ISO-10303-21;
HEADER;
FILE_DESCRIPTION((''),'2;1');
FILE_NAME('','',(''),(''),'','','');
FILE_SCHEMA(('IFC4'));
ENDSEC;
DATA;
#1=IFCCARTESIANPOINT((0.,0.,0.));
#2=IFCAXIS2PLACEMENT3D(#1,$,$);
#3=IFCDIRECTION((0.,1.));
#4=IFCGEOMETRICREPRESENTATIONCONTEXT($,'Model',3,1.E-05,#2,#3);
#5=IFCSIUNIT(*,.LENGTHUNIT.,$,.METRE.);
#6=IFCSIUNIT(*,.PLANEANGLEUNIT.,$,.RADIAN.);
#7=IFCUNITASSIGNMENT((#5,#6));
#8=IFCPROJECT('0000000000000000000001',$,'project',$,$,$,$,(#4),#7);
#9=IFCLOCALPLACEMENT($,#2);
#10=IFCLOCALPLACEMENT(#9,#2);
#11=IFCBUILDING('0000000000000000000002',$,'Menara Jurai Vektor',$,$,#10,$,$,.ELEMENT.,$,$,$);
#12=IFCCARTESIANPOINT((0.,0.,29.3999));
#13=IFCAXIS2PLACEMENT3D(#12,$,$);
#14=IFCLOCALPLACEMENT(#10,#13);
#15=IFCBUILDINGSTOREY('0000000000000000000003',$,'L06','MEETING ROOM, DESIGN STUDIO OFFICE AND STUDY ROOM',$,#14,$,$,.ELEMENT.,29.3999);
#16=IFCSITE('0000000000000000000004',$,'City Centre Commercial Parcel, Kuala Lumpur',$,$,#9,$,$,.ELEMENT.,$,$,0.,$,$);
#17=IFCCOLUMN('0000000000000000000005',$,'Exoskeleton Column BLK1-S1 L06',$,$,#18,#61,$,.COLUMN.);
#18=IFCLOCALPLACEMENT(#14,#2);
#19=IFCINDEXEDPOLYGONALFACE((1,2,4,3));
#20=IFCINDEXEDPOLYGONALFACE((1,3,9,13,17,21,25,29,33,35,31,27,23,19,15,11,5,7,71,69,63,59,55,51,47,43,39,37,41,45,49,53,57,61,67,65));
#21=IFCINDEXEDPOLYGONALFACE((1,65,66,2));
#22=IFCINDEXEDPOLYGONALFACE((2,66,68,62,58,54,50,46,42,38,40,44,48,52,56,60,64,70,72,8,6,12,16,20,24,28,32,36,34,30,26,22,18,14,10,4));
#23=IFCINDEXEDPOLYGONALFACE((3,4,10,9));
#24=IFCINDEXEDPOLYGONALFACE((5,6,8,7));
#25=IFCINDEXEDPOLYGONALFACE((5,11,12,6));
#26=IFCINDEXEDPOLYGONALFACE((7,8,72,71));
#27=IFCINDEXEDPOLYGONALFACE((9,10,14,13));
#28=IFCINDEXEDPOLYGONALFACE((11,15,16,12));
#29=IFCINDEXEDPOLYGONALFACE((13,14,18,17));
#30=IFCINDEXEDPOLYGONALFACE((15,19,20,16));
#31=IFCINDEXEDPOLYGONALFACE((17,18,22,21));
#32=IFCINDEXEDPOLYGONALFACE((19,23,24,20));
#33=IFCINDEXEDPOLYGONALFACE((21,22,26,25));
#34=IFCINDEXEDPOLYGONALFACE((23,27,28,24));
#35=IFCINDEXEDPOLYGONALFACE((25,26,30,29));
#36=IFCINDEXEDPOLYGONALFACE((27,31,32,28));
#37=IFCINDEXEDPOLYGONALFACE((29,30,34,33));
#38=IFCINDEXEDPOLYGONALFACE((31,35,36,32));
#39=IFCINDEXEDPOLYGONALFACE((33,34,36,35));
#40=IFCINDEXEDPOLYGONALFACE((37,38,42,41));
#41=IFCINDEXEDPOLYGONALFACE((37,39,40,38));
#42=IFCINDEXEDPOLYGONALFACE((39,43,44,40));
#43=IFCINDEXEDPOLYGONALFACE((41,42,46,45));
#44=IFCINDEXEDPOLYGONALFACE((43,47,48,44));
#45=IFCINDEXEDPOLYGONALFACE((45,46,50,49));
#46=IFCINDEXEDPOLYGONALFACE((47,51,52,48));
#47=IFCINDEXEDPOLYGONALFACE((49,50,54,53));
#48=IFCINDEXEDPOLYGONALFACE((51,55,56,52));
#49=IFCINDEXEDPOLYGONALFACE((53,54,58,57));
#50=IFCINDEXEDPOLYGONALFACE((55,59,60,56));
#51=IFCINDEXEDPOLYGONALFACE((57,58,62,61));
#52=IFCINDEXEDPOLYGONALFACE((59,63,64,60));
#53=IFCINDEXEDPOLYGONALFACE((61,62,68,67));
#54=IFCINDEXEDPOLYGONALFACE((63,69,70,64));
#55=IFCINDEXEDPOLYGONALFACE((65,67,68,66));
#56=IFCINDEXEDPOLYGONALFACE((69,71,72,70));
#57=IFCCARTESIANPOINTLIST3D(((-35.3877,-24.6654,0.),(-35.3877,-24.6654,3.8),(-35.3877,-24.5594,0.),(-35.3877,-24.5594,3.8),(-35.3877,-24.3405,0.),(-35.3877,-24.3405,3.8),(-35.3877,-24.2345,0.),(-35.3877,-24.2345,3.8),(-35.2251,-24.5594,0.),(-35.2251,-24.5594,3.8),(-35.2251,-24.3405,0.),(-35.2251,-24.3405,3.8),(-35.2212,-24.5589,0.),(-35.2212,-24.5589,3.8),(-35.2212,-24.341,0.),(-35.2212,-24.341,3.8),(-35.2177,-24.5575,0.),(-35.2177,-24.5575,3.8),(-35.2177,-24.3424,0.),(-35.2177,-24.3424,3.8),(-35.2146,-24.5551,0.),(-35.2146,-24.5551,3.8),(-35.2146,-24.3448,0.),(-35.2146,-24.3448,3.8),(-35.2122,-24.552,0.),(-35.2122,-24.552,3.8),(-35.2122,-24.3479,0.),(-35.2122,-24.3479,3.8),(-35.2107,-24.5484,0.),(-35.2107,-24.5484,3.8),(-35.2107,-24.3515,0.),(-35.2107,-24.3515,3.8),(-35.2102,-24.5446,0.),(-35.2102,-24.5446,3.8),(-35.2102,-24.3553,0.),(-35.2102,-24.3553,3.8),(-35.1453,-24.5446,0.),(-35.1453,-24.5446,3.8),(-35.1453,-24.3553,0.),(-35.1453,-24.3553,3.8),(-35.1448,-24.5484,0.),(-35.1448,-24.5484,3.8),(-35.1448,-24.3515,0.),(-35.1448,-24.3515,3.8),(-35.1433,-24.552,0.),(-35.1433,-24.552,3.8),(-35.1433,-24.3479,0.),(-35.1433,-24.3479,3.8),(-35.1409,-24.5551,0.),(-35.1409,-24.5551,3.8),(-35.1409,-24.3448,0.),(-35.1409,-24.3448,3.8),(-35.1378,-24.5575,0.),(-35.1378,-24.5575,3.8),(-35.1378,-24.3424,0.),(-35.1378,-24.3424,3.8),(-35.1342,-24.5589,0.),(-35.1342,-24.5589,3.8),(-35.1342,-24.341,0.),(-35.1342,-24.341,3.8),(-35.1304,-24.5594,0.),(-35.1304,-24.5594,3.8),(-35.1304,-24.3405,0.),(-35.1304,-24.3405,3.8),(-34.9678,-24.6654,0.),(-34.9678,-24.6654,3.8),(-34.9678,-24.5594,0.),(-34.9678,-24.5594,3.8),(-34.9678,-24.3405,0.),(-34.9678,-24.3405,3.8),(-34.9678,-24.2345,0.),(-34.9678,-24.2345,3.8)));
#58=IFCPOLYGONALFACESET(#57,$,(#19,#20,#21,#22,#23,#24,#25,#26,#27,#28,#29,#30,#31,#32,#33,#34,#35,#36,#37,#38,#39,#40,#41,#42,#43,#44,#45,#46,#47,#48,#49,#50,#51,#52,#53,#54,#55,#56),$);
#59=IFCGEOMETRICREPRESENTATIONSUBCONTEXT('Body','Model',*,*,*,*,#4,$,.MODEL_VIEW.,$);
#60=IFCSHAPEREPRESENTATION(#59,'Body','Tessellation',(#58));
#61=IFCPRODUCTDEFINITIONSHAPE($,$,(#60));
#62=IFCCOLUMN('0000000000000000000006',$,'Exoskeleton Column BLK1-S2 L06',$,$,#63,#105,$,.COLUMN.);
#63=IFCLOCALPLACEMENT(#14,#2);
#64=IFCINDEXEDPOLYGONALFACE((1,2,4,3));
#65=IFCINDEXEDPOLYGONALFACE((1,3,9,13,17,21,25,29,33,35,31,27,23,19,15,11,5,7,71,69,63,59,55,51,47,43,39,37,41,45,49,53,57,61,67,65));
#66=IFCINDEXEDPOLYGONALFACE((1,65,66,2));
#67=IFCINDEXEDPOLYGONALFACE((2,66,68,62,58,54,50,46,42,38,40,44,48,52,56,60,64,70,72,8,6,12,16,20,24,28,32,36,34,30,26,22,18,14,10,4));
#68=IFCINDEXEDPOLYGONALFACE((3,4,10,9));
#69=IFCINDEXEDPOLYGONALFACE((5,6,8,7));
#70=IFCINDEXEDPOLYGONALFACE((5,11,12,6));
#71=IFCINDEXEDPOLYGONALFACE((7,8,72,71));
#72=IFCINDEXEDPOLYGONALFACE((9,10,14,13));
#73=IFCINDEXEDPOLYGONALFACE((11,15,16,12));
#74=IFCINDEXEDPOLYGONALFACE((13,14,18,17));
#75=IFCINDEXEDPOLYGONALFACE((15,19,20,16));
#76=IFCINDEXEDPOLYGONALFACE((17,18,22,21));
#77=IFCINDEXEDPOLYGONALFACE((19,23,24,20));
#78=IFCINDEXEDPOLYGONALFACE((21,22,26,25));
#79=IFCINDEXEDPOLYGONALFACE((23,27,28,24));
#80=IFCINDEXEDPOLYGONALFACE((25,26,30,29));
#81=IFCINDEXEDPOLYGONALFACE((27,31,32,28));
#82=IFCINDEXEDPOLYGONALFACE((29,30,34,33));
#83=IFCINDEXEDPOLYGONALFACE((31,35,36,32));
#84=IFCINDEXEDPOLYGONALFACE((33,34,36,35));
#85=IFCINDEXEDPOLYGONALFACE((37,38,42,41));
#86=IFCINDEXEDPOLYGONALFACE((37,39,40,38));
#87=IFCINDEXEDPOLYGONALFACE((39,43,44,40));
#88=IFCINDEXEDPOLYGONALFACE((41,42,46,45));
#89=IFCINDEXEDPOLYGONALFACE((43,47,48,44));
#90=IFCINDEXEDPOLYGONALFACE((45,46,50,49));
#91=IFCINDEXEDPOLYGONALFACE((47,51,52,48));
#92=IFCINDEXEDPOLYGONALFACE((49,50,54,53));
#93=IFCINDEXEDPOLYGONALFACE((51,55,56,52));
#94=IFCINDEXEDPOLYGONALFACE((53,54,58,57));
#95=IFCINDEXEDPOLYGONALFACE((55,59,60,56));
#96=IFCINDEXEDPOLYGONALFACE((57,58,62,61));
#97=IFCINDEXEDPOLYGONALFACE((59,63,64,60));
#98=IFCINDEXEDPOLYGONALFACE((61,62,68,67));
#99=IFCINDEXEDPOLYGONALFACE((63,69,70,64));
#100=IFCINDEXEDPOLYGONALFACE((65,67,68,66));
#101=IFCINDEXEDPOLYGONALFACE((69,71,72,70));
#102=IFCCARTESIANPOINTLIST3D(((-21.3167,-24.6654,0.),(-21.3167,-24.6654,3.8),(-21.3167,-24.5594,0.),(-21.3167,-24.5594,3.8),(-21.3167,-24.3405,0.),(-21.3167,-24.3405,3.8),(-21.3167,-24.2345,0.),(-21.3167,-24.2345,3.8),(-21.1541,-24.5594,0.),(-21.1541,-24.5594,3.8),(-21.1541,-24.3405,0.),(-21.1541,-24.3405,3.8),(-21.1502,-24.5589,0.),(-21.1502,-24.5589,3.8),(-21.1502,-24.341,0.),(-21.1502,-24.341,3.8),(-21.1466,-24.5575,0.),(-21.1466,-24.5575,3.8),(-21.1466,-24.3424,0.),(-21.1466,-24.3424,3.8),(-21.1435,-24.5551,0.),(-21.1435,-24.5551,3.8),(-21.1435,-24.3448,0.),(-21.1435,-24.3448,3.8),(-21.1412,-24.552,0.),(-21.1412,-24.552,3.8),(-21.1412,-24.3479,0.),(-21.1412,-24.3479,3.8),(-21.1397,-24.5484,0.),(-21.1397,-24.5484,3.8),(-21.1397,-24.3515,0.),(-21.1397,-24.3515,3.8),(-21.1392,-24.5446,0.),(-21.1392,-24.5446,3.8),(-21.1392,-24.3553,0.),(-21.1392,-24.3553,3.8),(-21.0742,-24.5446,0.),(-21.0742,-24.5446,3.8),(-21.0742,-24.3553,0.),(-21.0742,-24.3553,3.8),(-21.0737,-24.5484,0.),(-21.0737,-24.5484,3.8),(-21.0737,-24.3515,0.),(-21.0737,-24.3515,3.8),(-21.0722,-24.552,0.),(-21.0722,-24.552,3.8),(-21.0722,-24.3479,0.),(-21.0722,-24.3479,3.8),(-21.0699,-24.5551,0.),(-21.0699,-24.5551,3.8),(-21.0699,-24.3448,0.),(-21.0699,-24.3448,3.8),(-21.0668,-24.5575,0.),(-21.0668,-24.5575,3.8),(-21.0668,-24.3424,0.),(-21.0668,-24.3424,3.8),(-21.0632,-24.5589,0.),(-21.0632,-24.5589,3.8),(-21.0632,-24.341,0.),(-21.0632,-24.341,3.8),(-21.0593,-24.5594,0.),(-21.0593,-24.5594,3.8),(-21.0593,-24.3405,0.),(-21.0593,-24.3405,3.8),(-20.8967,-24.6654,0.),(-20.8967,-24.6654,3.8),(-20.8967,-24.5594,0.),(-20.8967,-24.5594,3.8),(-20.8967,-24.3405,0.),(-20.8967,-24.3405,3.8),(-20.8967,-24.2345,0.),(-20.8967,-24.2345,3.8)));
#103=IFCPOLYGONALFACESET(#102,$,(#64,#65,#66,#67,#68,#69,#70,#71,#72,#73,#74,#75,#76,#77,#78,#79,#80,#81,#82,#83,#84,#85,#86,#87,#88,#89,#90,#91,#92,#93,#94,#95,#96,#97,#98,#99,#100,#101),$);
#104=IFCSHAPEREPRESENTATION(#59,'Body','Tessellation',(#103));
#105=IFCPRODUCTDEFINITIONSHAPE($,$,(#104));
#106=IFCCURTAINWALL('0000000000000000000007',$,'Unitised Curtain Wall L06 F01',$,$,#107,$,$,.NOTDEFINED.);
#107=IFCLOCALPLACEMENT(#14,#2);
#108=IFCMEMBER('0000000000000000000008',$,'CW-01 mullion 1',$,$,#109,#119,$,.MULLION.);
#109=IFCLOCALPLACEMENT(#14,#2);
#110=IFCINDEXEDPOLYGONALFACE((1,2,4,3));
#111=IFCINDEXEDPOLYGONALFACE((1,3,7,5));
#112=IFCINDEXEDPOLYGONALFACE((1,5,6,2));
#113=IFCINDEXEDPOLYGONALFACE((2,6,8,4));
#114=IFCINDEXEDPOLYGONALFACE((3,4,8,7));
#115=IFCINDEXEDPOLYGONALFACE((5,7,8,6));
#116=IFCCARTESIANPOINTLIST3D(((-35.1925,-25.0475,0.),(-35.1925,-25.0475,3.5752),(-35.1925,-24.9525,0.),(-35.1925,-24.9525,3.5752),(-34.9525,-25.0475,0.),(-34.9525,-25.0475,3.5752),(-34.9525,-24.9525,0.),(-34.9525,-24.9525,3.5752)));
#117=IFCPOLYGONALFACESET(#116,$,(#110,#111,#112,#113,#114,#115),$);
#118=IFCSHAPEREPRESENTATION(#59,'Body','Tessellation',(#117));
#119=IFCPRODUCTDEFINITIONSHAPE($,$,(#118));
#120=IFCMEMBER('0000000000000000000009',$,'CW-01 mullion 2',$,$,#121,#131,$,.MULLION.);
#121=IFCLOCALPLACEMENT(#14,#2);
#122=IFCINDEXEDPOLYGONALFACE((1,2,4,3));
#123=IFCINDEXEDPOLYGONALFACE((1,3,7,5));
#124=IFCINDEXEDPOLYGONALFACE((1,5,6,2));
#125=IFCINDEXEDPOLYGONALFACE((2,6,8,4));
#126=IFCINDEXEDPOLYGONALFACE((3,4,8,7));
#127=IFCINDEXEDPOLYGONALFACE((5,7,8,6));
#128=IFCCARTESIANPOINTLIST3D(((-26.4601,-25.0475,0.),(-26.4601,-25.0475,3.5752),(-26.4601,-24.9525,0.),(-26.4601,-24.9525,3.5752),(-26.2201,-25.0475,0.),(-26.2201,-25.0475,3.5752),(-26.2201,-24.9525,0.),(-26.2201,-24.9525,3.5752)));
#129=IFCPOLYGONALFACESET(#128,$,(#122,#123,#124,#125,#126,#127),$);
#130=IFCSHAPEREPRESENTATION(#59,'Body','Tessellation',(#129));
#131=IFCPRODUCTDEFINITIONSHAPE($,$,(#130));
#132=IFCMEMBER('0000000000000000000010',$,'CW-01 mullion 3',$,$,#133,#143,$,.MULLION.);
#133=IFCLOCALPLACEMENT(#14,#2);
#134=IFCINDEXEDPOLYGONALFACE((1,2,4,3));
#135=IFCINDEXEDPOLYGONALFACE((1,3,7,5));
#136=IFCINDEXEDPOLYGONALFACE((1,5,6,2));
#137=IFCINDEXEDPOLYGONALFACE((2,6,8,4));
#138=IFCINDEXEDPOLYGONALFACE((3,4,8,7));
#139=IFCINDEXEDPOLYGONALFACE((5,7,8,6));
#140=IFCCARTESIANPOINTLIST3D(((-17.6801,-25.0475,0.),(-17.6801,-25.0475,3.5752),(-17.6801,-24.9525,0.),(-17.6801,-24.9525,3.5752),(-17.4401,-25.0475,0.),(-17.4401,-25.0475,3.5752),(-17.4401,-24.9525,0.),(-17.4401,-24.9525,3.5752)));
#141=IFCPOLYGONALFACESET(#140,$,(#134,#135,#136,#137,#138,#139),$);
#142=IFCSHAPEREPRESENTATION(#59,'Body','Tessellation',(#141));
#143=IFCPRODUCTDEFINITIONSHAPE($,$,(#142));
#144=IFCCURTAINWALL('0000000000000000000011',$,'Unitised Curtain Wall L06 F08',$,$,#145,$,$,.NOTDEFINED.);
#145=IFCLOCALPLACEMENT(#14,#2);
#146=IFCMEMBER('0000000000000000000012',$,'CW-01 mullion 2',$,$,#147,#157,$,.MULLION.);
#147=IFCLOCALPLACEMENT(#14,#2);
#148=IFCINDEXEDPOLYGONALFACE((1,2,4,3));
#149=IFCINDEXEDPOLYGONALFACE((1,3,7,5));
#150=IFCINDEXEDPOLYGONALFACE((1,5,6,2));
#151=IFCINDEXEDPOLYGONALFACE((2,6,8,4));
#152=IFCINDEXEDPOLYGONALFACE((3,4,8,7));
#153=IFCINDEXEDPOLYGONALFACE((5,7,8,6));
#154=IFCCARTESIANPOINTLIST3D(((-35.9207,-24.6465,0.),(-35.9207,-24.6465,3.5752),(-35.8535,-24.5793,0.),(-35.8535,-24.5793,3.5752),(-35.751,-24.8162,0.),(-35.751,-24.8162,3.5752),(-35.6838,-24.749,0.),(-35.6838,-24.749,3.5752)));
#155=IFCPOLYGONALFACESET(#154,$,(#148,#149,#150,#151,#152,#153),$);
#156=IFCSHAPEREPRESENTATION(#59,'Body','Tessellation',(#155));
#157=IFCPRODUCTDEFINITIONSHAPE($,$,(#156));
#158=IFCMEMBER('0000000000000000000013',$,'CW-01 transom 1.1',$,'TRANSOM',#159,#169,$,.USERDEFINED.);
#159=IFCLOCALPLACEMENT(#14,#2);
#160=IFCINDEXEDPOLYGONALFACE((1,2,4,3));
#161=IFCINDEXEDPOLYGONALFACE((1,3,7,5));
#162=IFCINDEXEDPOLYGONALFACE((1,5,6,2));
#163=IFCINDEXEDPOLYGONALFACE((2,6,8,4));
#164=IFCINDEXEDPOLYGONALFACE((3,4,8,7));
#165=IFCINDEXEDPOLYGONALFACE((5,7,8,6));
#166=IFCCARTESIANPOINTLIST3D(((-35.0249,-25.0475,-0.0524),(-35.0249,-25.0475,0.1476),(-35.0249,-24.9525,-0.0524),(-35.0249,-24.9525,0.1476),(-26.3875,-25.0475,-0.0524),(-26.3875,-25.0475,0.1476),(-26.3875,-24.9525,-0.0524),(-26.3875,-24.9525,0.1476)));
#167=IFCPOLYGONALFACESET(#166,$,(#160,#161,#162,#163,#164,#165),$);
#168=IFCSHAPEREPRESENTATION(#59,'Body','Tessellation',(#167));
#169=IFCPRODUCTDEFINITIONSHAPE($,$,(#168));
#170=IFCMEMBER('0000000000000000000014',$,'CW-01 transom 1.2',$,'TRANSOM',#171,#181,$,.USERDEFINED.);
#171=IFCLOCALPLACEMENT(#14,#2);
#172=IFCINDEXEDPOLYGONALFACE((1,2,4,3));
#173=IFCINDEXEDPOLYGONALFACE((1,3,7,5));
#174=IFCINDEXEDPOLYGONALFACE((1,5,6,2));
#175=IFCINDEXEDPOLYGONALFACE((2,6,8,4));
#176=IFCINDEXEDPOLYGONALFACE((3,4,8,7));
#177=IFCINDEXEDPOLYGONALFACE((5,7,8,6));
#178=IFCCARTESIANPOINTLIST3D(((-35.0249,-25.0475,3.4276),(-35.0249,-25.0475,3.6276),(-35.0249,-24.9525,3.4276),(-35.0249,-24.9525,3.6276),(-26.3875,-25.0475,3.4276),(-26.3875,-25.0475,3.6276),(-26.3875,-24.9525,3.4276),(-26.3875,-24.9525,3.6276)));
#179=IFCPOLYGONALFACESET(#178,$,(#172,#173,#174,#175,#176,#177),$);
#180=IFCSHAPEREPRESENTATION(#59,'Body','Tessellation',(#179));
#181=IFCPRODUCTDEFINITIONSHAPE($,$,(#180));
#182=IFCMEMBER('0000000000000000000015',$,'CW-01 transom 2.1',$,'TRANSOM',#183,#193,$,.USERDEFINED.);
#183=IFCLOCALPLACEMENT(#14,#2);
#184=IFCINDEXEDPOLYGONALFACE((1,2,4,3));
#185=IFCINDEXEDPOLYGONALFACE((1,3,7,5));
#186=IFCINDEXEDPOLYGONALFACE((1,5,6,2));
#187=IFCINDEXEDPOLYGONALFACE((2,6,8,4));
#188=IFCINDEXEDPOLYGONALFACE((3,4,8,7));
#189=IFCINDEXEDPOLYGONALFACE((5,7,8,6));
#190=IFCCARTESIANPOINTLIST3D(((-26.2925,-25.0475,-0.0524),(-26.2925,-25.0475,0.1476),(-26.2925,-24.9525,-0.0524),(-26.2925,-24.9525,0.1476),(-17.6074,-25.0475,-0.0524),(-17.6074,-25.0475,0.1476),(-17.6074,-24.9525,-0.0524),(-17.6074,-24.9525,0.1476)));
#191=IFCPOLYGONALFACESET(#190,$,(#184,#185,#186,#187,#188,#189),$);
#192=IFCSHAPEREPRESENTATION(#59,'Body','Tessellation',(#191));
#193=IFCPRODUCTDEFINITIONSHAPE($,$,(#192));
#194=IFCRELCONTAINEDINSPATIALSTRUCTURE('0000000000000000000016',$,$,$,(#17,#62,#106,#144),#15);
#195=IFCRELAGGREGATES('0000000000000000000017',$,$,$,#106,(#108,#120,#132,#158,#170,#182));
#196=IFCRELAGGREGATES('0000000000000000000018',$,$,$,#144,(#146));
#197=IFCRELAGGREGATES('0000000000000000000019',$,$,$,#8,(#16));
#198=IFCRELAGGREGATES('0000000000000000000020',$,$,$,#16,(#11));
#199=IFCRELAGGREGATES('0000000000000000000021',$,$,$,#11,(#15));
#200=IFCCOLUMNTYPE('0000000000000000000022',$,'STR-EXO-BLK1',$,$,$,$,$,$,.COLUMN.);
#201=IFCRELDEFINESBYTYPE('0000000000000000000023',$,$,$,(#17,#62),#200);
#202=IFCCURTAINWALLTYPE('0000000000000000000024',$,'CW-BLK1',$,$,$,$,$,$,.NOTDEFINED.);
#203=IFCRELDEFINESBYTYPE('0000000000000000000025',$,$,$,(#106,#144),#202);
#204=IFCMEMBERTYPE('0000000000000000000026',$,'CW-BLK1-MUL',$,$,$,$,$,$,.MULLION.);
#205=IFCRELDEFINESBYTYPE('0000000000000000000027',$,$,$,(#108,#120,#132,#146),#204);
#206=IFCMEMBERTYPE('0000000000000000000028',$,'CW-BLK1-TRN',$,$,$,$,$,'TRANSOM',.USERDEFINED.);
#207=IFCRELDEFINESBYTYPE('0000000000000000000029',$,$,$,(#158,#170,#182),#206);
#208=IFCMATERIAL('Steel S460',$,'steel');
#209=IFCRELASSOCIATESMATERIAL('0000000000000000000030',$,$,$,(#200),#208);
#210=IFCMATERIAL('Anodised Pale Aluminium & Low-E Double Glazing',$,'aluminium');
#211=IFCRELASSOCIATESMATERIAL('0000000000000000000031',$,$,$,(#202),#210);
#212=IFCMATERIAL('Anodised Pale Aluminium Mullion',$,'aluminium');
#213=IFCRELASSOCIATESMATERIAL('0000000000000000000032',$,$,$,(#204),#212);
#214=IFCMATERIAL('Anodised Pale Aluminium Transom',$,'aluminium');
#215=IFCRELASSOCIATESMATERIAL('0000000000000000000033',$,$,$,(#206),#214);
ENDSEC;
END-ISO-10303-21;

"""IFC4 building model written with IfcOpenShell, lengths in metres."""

from ifc_helpers import new_model, si_unit, direction, frame, origin, origin_2d, place, context, subcontext, project, spatial, rectangle, i_section, extrude, material, material_profile, profile_set, type_object, element, aggregate, save


model = new_model("IFC4")

# Units and contexts
model_context = context("Model", 3, precision=1e-05, world=origin(), true_north=direction((0.0, 1.0)))
body_context = subcontext(model_context, "Body", "Model", "MODEL_VIEW")
ifc_project = project(units=[si_unit("LENGTHUNIT", "METRE"), si_unit("PLANEANGLEUNIT", "RADIAN")], contexts=[model_context])

# Site, building, storey
site_placement = place(None, origin())
site = spatial("IfcSite", under=ifc_project, at=site_placement, Name="City Centre Commercial Parcel, Kuala Lumpur", CompositionType="ELEMENT", RefElevation=0.0)
building_placement = place(site_placement, origin())
building = spatial("IfcBuilding", under=site, at=building_placement, Name="Menara Jurai Vektor", CompositionType="ELEMENT")
storey_placement = place(building_placement, frame((0.0, 0.0, 29.3999)))
storey = spatial("IfcBuildingStorey", under=building, at=storey_placement, Name="L06", Description="MEETING ROOM, DESIGN STUDIO OFFICE AND STUDY ROOM", CompositionType="ELEMENT", Elevation=29.3999)

# Columns
ifc_material_1 = material(Name="Steel S460", Category="steel")
ifc_material_profile_1 = material_profile(ifc_material_1, i_section(OverallWidth=0.4199, OverallDepth=0.4309, WebThickness=0.0649, FlangeThickness=0.106, FilletRadius=0.0149, at=origin_2d()), Name="HD 400x900")
ifc_profile_set_1 = profile_set([ifc_material_profile_1], Name="Steel S460")
column_type = type_object("IfcColumnType", Name="STR-EXO-BLK1", PredefinedType="COLUMN", material=ifc_profile_set_1)
for number, where, z_axis, x_axis, name in (
    (1, (-35.1777, -24.45, 0.0), (0.0, 0.0, 1.0), (1.0, 0.0, 0.0), "Exoskeleton Column BLK1-S1 L06"),
    (2, (-21.1067, -24.45, 0.0), (0.0, 0.0, 1.0), (1.0, 0.0, 0.0), "Exoskeleton Column BLK1-S2 L06"),
):
    element("IfcColumn", number, at=place(storey_placement, frame(where, z_axis=z_axis, x_axis=x_axis)), inside=storey, type_object=column_type, Name=name, PredefinedType="COLUMN", context=body_context, shape_type="SweptSolid", body=[
        extrude(i_section(OverallWidth=0.4199, OverallDepth=0.4309, WebThickness=0.0649, FlangeThickness=0.106, FilletRadius=0.0149, at=origin_2d()), origin(), (0.0, 0.0, 1.0), 3.8),
    ])

# Curtain wall, members
ifc_material_2 = material(Name="Anodised Pale Aluminium & Low-E Double Glazing", Category="aluminium")
curtain_wall_type = type_object("IfcCurtainWallType", Name="CW-BLK1", PredefinedType="NOTDEFINED", material=ifc_material_2)
curtain_wall_1_placement = place(storey_placement, origin())
curtain_wall_1 = element("IfcCurtainWall", 3, at=curtain_wall_1_placement, inside=storey, type_object=curtain_wall_type, Name="Unitised Curtain Wall L06 F01", PredefinedType="NOTDEFINED")
ifc_material_3 = material(Name="Anodised Pale Aluminium Mullion", Category="aluminium")
ifc_material_profile_2 = material_profile(ifc_material_3, rectangle(XDim=0.095, YDim=0.24, at=origin_2d()), Name="ALU MUL 95x240")
ifc_profile_set_2 = profile_set([ifc_material_profile_2], Name="Anodised Pale Aluminium Mullion")
member_type_1 = type_object("IfcMemberType", Name="CW-BLK1-MUL", PredefinedType="MULLION", material=ifc_profile_set_2)
member_1_placement = place(storey_placement, frame((-35.0725, -25.0, 0.0), z_axis=(0.0, 0.0, 1.0), x_axis=(0.0, 1.0, 0.0)))
member_1 = element("IfcMember", 4, at=member_1_placement, type_object=member_type_1, Name="CW-01 mullion 1", PredefinedType="MULLION", context=body_context, shape_type="SweptSolid", body=[
    extrude(rectangle(XDim=0.095, YDim=0.24, at=origin_2d()), origin(), (0.0, 0.0, 1.0), 3.5752),
])
member_2_placement = place(storey_placement, frame((-26.3401, -25.0, 0.0), z_axis=(0.0, 0.0, 1.0), x_axis=(0.0, 1.0, 0.0)))
member_2 = element("IfcMember", 5, at=member_2_placement, type_object=member_type_1, Name="CW-01 mullion 2", PredefinedType="MULLION", context=body_context, shape_type="SweptSolid", body=[
    extrude(rectangle(XDim=0.095, YDim=0.24, at=origin_2d()), origin(), (0.0, 0.0, 1.0), 3.5752),
])
member_3_placement = place(storey_placement, frame((-17.5601, -25.0, 0.0), z_axis=(0.0, 0.0, 1.0), x_axis=(0.0, 1.0, 0.0)))
member_3 = element("IfcMember", 6, at=member_3_placement, type_object=member_type_1, Name="CW-01 mullion 3", PredefinedType="MULLION", context=body_context, shape_type="SweptSolid", body=[
    extrude(rectangle(XDim=0.095, YDim=0.24, at=origin_2d()), origin(), (0.0, 0.0, 1.0), 3.5752),
])

# Curtain wall, member
curtain_wall_2_placement = place(storey_placement, origin())
curtain_wall_2 = element("IfcCurtainWall", 7, at=curtain_wall_2_placement, inside=storey, type_object=curtain_wall_type, Name="Unitised Curtain Wall L06 F08", PredefinedType="NOTDEFINED")
member_4_placement = place(storey_placement, frame((-35.8022, -24.6978, 0.0), z_axis=(0.0, 0.0, 1.0), x_axis=(0.707107, 0.707107, 0.0)))
member_4 = element("IfcMember", 8, at=member_4_placement, type_object=member_type_1, Name="CW-01 mullion 2", PredefinedType="MULLION", context=body_context, shape_type="SweptSolid", body=[
    extrude(rectangle(XDim=0.095, YDim=0.24, at=origin_2d()), origin(), (0.0, 0.0, 1.0), 3.5752),
])

# Members
ifc_material_4 = material(Name="Anodised Pale Aluminium Transom", Category="aluminium")
ifc_material_profile_3 = material_profile(ifc_material_4, rectangle(XDim=0.095, YDim=0.2, at=origin_2d()), Name="ALU TRN 95x200")
ifc_profile_set_3 = profile_set([ifc_material_profile_3], Name="Anodised Pale Aluminium Transom")
member_type_2 = type_object("IfcMemberType", Name="CW-BLK1-TRN", ElementType="TRANSOM", PredefinedType="USERDEFINED", material=ifc_profile_set_3)
member_5_placement = place(storey_placement, frame((-35.0249, -25.0, 0.0476), z_axis=(1.0, 0.0, 0.0), x_axis=(0.0, 1.0, 0.0)))
member_5 = element("IfcMember", 9, at=member_5_placement, type_object=member_type_2, Name="CW-01 transom 1.1", ObjectType="TRANSOM", PredefinedType="USERDEFINED", context=body_context, shape_type="SweptSolid", body=[
    extrude(rectangle(XDim=0.095, YDim=0.2, at=origin_2d()), origin(), (0.0, 0.0, 1.0), 8.6375),
])
member_6_placement = place(storey_placement, frame((-35.0249, -25.0, 3.5276), z_axis=(1.0, 0.0, 0.0), x_axis=(0.0, 1.0, 0.0)))
member_6 = element("IfcMember", 10, at=member_6_placement, type_object=member_type_2, Name="CW-01 transom 1.2", ObjectType="TRANSOM", PredefinedType="USERDEFINED", context=body_context, shape_type="SweptSolid", body=[
    extrude(rectangle(XDim=0.095, YDim=0.2, at=origin_2d()), origin(), (0.0, 0.0, 1.0), 8.6375),
])
member_7_placement = place(storey_placement, frame((-26.2925, -25.0, 0.0476), z_axis=(1.0, 0.0, 0.0), x_axis=(0.0, 1.0, 0.0)))
member_7 = element("IfcMember", 11, at=member_7_placement, type_object=member_type_2, Name="CW-01 transom 2.1", ObjectType="TRANSOM", PredefinedType="USERDEFINED", context=body_context, shape_type="SweptSolid", body=[
    extrude(rectangle(XDim=0.095, YDim=0.2, at=origin_2d()), origin(), (0.0, 0.0, 1.0), 8.6851),
])

aggregate(curtain_wall_1, [member_1, member_2, member_3, member_5, member_6, member_7])
aggregate(curtain_wall_2, [member_4])

save(model, "model.ifc")
